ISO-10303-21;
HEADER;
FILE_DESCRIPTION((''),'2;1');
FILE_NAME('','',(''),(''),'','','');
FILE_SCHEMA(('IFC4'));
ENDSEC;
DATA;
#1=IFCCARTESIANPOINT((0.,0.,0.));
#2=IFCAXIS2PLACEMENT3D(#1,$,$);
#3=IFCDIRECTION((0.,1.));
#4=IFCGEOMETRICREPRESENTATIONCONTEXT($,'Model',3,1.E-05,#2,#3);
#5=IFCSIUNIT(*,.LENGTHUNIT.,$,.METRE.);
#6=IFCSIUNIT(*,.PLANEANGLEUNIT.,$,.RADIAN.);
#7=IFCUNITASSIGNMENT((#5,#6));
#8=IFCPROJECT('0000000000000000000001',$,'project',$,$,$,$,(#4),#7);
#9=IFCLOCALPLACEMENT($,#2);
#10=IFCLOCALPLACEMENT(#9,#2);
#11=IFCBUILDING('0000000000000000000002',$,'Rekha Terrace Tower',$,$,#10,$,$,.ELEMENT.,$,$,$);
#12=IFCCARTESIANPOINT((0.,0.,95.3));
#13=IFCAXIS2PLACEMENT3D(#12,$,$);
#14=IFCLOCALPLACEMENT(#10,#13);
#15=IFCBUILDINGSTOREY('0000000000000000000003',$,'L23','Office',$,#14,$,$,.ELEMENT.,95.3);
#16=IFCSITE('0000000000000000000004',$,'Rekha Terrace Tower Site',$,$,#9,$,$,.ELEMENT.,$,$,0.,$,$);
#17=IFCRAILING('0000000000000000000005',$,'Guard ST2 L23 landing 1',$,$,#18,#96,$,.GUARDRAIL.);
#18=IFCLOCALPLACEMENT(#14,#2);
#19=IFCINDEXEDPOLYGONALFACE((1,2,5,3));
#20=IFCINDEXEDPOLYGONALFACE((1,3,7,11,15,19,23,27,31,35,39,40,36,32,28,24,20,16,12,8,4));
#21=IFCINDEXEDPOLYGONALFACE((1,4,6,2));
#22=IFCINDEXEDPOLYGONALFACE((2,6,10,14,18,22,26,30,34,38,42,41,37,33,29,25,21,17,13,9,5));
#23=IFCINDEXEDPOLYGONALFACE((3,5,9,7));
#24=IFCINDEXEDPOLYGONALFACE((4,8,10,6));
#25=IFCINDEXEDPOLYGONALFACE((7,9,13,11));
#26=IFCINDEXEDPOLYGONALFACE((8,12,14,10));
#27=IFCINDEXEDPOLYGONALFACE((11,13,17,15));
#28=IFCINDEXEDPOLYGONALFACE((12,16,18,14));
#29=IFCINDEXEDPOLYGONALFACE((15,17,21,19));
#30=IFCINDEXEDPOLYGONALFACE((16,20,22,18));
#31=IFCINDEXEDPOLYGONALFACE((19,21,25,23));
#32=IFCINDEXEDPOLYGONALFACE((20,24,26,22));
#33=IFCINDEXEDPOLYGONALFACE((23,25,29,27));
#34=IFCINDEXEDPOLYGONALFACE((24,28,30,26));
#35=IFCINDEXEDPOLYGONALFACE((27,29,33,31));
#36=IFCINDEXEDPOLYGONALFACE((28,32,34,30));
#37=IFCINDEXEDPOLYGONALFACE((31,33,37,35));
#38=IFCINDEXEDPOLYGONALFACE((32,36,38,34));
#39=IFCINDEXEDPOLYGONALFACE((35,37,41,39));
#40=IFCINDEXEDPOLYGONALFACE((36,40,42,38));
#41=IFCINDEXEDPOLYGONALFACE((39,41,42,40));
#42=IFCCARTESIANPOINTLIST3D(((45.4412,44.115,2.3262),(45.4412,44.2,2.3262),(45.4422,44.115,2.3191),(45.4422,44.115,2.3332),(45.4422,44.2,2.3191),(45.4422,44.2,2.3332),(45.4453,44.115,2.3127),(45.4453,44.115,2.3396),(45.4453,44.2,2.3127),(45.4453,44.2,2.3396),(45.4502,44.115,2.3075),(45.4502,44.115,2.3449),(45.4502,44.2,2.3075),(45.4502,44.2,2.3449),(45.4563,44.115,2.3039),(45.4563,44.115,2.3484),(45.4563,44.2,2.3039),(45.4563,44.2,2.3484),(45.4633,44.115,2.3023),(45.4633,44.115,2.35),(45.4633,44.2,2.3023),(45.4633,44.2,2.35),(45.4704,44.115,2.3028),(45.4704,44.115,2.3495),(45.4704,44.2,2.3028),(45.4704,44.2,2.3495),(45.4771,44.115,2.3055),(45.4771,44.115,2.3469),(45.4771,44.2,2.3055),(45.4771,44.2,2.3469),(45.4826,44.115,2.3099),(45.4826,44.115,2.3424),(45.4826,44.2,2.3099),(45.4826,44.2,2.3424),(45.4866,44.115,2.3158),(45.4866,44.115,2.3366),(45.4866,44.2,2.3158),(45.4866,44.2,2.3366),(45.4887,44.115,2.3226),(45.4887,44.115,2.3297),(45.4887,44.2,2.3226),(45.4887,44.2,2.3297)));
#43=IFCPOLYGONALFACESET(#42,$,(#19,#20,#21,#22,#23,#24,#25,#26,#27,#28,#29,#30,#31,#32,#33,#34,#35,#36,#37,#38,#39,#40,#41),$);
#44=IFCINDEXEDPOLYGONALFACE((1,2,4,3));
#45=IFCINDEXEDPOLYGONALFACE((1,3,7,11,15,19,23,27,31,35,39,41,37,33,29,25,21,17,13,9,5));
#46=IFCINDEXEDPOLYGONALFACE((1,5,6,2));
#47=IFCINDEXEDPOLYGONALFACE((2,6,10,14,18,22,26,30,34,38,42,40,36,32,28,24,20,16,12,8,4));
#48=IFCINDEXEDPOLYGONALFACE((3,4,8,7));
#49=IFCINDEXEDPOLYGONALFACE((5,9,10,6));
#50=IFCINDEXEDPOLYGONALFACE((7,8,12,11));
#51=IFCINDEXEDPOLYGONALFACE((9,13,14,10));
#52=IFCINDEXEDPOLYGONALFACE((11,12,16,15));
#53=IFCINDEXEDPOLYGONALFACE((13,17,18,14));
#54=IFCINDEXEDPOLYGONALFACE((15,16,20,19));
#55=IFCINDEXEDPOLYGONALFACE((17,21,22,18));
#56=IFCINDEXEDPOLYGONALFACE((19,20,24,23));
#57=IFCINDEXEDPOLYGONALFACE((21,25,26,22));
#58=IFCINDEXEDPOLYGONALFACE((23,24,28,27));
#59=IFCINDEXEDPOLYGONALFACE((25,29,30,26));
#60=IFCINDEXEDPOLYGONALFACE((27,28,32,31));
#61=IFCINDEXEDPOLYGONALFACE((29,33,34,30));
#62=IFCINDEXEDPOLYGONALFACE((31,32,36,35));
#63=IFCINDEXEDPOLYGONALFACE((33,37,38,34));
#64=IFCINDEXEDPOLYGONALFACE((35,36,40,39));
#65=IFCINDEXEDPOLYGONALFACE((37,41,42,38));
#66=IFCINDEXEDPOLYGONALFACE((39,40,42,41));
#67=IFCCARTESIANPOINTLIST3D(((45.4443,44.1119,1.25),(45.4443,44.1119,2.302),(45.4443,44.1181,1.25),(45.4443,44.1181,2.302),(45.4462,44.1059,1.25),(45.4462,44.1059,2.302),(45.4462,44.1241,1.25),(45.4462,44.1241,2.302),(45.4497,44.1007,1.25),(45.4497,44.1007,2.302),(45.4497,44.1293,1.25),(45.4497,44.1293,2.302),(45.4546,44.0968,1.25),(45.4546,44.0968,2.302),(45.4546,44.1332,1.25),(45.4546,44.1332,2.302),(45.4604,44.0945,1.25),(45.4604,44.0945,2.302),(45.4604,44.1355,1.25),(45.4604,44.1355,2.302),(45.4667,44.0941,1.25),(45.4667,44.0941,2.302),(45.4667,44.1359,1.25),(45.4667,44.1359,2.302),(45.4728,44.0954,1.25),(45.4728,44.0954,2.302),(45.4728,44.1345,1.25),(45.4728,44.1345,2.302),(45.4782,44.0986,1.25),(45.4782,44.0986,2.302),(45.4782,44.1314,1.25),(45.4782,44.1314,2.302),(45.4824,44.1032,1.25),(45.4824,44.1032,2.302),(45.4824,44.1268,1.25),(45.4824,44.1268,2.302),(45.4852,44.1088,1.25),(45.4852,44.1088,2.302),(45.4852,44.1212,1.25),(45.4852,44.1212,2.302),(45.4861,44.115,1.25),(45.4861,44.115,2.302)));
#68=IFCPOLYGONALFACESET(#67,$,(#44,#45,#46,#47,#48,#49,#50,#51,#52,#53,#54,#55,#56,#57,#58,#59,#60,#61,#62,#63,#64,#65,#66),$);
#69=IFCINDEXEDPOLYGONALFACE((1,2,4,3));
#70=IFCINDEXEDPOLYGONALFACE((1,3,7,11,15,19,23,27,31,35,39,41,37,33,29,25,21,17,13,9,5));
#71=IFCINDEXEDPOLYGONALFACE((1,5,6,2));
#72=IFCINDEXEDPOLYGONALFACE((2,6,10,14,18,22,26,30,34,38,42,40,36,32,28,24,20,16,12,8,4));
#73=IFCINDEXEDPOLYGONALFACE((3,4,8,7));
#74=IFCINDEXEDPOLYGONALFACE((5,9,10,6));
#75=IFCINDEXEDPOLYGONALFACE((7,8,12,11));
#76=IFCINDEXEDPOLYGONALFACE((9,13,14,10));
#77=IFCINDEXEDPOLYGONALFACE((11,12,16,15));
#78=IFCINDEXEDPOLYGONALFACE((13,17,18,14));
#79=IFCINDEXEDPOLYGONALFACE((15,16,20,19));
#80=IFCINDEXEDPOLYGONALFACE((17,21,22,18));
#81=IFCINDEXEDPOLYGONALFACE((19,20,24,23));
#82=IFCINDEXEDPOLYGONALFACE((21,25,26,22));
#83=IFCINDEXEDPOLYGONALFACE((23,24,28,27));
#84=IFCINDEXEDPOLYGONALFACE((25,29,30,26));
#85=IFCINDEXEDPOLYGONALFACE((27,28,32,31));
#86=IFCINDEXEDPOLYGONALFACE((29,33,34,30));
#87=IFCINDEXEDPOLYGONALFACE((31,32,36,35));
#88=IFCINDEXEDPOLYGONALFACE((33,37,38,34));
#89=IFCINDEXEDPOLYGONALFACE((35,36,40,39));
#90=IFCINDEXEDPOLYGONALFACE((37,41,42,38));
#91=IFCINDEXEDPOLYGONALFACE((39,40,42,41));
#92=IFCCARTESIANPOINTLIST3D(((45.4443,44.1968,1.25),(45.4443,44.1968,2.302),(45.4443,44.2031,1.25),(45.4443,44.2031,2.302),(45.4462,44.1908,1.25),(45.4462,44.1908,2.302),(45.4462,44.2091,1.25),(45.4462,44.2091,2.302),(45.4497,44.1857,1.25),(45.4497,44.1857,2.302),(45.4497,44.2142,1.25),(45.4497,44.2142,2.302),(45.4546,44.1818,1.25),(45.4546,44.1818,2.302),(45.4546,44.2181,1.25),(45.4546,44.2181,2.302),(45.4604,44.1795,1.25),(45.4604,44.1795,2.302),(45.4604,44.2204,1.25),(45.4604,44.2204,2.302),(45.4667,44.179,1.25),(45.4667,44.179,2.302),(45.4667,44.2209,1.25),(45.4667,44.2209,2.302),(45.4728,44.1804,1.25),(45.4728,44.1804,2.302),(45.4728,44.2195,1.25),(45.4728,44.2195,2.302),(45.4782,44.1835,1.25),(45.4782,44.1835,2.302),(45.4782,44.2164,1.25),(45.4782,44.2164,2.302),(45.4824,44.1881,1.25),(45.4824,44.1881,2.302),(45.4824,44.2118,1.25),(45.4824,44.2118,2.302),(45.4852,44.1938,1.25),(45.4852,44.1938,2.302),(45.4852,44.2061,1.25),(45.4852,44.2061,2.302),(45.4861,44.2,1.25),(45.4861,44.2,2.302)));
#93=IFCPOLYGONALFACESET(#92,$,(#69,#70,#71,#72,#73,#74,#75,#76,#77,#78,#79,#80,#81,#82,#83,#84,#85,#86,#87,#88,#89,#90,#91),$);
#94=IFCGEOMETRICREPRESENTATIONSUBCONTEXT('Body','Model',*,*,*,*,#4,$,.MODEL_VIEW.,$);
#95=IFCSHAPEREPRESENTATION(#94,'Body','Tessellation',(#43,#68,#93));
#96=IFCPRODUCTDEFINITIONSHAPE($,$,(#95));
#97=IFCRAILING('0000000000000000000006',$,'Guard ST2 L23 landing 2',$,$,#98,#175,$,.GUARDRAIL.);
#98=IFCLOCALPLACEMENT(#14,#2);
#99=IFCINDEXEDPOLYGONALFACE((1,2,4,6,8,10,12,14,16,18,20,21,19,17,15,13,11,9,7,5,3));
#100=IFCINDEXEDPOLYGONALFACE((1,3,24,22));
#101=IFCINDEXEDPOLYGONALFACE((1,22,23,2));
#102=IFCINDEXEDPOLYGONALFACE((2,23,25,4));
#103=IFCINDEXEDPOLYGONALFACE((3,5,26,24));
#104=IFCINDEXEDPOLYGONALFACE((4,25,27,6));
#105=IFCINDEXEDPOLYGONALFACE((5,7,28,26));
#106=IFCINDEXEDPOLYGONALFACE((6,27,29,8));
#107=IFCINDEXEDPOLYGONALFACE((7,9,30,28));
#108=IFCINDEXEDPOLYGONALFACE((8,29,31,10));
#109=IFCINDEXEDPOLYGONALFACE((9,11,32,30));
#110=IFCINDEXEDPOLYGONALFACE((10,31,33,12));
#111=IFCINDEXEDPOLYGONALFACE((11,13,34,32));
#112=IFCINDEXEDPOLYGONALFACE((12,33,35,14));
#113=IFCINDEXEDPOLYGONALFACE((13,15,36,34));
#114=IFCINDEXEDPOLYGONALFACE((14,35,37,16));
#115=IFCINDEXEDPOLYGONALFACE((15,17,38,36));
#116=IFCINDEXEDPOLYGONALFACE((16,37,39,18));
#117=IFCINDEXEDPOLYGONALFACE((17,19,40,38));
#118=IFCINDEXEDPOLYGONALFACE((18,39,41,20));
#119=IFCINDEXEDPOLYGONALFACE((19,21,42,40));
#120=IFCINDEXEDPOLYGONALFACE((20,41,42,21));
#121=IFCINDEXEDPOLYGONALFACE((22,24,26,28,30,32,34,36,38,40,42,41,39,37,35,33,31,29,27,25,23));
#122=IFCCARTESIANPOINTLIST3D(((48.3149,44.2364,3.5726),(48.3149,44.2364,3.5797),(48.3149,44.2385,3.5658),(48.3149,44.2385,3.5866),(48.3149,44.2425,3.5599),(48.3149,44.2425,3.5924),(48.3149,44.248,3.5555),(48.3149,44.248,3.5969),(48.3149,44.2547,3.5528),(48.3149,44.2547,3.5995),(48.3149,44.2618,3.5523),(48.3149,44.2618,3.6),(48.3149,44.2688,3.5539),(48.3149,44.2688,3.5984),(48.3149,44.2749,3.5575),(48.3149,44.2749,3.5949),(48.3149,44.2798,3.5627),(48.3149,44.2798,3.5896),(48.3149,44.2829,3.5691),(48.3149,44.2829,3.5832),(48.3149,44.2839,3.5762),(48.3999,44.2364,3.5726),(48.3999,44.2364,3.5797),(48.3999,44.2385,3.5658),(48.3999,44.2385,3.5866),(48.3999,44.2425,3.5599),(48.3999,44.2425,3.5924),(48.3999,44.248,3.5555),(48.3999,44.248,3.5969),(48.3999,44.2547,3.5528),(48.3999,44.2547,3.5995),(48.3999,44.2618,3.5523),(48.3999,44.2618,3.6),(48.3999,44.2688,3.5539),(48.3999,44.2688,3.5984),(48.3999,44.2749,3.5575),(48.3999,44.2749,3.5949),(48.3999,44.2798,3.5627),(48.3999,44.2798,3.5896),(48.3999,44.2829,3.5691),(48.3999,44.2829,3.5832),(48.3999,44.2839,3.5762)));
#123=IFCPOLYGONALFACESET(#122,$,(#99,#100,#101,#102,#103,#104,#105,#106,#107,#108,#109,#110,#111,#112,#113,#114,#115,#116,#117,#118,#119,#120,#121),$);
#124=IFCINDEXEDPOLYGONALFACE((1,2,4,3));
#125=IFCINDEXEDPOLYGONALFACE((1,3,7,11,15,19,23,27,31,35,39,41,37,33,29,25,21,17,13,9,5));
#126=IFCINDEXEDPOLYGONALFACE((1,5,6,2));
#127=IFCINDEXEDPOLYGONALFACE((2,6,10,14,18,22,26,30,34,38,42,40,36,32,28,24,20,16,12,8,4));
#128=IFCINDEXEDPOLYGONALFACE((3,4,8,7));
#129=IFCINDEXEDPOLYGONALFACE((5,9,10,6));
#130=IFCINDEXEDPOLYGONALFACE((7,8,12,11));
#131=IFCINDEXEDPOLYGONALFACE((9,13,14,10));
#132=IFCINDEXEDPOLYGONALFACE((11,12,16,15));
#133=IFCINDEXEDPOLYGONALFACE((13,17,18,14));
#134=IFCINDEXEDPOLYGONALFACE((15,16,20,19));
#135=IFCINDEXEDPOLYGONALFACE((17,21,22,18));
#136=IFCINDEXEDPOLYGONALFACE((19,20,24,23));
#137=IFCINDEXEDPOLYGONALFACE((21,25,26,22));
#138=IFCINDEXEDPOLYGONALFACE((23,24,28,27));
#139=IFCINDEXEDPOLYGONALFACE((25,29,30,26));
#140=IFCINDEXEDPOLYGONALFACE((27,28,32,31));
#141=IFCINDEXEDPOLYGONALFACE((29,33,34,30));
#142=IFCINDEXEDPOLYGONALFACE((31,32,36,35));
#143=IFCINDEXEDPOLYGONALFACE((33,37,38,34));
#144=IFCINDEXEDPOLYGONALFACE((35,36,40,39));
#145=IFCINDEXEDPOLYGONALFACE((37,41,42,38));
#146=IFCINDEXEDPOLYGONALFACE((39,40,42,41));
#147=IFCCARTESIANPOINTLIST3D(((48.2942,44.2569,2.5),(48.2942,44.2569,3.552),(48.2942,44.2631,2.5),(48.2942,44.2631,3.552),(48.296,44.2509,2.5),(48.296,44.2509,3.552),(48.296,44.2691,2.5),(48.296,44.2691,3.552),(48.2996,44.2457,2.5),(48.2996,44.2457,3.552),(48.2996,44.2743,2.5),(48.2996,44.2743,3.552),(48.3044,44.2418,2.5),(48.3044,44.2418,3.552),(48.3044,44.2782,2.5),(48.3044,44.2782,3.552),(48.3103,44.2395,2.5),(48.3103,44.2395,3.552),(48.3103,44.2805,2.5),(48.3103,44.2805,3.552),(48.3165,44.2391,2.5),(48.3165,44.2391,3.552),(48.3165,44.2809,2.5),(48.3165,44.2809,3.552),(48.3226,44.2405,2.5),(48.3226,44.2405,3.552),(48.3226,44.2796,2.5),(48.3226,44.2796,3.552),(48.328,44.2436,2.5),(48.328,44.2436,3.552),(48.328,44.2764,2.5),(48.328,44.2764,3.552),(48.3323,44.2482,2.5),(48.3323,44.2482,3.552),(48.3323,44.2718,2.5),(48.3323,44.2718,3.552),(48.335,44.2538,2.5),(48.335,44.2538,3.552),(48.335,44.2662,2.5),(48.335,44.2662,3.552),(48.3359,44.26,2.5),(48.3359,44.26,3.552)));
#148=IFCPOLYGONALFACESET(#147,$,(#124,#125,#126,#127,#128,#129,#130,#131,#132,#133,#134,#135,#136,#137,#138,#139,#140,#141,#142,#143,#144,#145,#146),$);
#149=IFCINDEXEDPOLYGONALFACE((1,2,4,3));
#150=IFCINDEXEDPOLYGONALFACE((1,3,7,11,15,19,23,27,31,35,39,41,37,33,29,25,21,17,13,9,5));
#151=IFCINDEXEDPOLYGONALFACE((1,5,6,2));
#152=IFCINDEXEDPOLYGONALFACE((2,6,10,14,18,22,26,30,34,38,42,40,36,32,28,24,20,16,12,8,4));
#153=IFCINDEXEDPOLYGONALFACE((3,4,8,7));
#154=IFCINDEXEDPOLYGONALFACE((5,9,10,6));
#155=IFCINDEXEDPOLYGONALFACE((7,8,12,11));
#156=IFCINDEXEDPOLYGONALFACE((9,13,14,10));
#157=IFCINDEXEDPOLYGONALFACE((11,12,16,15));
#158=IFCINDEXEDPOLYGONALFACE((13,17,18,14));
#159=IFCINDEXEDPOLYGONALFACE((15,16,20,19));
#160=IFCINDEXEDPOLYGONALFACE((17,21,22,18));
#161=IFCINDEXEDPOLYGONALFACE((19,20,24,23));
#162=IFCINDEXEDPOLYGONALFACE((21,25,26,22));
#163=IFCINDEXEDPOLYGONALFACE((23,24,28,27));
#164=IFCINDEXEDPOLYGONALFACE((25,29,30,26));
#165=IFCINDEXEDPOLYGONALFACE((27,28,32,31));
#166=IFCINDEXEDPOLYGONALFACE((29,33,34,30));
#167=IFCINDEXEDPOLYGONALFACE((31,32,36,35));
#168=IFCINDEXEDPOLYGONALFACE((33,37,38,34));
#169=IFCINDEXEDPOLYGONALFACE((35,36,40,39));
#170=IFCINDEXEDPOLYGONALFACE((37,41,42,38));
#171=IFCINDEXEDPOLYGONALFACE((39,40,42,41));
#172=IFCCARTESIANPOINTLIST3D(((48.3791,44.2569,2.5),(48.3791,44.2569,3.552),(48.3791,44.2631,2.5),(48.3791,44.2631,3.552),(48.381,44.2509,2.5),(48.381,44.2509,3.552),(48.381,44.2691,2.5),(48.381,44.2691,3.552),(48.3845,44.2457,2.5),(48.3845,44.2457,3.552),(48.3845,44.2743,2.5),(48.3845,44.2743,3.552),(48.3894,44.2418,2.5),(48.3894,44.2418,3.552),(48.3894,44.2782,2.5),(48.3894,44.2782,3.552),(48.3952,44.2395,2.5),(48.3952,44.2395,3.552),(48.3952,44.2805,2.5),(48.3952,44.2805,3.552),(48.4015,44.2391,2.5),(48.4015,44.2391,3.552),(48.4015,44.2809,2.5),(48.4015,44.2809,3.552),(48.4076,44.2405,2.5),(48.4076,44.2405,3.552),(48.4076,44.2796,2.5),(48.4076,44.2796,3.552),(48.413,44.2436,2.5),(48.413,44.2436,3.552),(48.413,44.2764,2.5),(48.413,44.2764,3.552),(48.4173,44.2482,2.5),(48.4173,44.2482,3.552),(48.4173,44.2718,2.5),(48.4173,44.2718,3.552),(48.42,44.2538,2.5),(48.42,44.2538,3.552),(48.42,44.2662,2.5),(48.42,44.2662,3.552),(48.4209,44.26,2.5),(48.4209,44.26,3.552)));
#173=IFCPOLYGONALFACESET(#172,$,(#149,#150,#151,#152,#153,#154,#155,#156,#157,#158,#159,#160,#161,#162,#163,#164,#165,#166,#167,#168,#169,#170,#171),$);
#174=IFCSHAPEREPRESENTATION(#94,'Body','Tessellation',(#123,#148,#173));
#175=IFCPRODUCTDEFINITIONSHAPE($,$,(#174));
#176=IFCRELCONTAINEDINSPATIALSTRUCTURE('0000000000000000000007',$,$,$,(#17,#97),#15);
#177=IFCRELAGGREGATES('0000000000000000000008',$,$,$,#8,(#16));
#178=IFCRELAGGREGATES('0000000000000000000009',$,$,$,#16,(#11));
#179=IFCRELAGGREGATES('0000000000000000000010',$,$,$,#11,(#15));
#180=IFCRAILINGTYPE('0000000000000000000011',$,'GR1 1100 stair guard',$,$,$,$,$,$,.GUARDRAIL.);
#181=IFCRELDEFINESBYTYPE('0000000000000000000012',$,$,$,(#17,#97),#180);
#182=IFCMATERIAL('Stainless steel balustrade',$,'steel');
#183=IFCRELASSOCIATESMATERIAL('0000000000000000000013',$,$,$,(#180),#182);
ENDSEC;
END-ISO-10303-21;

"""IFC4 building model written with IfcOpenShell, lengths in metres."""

from ifc_helpers import new_model, si_unit, direction, frame, origin, origin_2d, place, context, subcontext, project, spatial, circle, extrude, material, type_object, element, save


model = new_model("IFC4")

# Units and contexts
model_context = context("Model", 3, precision=1e-05, world=origin(), true_north=direction((0.0, 1.0)))
body_context = subcontext(model_context, "Body", "Model", "MODEL_VIEW")
ifc_project = project(units=[si_unit("LENGTHUNIT", "METRE"), si_unit("PLANEANGLEUNIT", "RADIAN")], contexts=[model_context])

# Site, building, storey
site_placement = place(None, origin())
site = spatial("IfcSite", under=ifc_project, at=site_placement, Name="Rekha Terrace Tower Site", CompositionType="ELEMENT", RefElevation=0.0)
building_placement = place(site_placement, origin())
building = spatial("IfcBuilding", under=site, at=building_placement, Name="Rekha Terrace Tower", CompositionType="ELEMENT")
storey_placement = place(building_placement, frame((0.0, 0.0, 95.3)))
storey = spatial("IfcBuildingStorey", under=building, at=storey_placement, Name="L23", Description="Office", CompositionType="ELEMENT", Elevation=95.3)

# Railings
ifc_material_1 = material(Name="Stainless steel balustrade", Category="steel")
railing_type_1 = type_object("IfcRailingType", Name="GR1 1100 stair guard", PredefinedType="GUARDRAIL", material=ifc_material_1)
railing_1_placement = place(storey_placement, frame((45.4651, 44.115, 1.25)))
element("IfcRailing", 1, at=railing_1_placement, inside=storey, type_object=railing_type_1, Name="Guard ST2 L23 landing 1", PredefinedType="GUARDRAIL", context=body_context, shape_type="SweptSolid", body=[
    extrude(circle(Radius=0.0239, at=origin_2d()), frame((0.0, 0.0, 1.0762), z_axis=(0.0, 1.0, 0.0), x_axis=(-1.0, 0.0, 0.0)), (0.0, 0.0, 1.0), 0.085),
    extrude(circle(Radius=0.021, at=origin_2d()), origin(), (0.0, 0.0, 1.0), 1.052),
    extrude(circle(Radius=0.021, at=origin_2d()), frame((0.0, 0.085, 0.0)), (0.0, 0.0, 1.0), 1.052),
])
railing_2_placement = place(storey_placement, frame((48.3149, 44.26, 2.5)))
element("IfcRailing", 2, at=railing_2_placement, inside=storey, type_object=railing_type_1, Name="Guard ST2 L23 landing 2", PredefinedType="GUARDRAIL", context=body_context, shape_type="SweptSolid", body=[
    extrude(circle(Radius=0.0239, at=origin_2d()), frame((0.0, 0.0, 1.0762), z_axis=(1.0, 0.0, 0.0), x_axis=(0.0, 1.0, 0.0)), (0.0, 0.0, 1.0), 0.085),
    extrude(circle(Radius=0.021, at=origin_2d()), origin(), (0.0, 0.0, 1.0), 1.052),
    extrude(circle(Radius=0.021, at=origin_2d()), frame((0.085, 0.0, 0.0)), (0.0, 0.0, 1.0), 1.052),
])

save(model, "model.ifc")
